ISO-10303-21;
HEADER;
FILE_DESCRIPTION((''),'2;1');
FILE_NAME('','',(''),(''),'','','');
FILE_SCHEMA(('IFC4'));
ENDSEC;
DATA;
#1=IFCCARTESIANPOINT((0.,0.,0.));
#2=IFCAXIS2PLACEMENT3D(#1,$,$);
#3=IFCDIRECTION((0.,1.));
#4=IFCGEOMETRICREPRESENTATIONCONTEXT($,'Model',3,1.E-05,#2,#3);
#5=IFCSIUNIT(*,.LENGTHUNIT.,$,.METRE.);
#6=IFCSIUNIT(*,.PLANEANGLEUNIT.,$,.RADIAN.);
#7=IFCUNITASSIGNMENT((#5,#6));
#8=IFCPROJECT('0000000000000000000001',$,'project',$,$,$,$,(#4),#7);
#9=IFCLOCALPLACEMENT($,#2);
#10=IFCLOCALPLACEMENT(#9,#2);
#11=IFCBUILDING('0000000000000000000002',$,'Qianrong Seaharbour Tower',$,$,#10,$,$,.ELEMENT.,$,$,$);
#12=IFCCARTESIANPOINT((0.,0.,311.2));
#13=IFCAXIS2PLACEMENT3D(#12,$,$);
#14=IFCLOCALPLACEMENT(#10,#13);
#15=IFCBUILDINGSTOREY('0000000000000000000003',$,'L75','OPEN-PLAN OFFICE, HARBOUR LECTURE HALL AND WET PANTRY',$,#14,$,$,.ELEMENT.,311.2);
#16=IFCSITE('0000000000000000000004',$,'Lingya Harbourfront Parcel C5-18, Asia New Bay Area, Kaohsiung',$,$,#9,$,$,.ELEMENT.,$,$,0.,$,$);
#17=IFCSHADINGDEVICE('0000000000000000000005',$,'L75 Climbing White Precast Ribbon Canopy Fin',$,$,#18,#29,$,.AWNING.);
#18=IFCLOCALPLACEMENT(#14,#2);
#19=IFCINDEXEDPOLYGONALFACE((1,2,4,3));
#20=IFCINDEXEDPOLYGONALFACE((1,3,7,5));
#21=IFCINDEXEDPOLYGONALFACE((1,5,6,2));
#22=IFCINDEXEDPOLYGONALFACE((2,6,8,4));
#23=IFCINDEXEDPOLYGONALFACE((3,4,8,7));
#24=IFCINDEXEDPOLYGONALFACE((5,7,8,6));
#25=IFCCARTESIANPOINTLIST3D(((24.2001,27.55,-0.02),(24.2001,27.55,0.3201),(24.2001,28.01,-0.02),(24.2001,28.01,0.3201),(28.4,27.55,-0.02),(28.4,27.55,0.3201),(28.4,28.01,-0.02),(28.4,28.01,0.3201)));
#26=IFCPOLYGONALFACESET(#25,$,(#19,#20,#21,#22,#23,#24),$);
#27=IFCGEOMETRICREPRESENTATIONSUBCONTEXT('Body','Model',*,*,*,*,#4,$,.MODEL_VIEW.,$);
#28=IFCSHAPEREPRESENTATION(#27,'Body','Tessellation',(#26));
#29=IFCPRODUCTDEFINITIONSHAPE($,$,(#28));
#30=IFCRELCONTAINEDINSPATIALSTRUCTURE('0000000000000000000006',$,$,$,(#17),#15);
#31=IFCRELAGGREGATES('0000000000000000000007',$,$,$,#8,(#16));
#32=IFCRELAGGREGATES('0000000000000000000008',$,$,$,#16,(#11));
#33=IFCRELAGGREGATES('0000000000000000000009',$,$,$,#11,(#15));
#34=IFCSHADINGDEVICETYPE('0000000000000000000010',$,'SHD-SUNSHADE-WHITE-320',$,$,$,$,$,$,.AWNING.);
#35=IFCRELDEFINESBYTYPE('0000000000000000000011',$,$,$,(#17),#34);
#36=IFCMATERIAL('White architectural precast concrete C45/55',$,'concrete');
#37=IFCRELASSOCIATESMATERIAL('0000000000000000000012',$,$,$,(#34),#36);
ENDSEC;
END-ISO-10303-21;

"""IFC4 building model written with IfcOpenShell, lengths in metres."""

from ifc_helpers import new_model, si_unit, direction, frame, origin, origin_2d, place, context, subcontext, project, spatial, rectangle, extrude, material, type_object, element, save


model = new_model("IFC4")

# Units and contexts
model_context = context("Model", 3, precision=1e-05, world=origin(), true_north=direction((0.0, 1.0)))
body_context = subcontext(model_context, "Body", "Model", "MODEL_VIEW")
ifc_project = project(units=[si_unit("LENGTHUNIT", "METRE"), si_unit("PLANEANGLEUNIT", "RADIAN")], contexts=[model_context])

# Site, building, storey
site_placement = place(None, origin())
site = spatial("IfcSite", under=ifc_project, at=site_placement, Name="Lingya Harbourfront Parcel C5-18, Asia New Bay Area, Kaohsiung", CompositionType="ELEMENT", RefElevation=0.0)
building_placement = place(site_placement, origin())
building = spatial("IfcBuilding", under=site, at=building_placement, Name="Qianrong Seaharbour Tower", CompositionType="ELEMENT")
storey_placement = place(building_placement, frame((0.0, 0.0, 311.2)))
storey = spatial("IfcBuildingStorey", under=building, at=storey_placement, Name="L75", Description="OPEN-PLAN OFFICE, HARBOUR LECTURE HALL AND WET PANTRY", CompositionType="ELEMENT", Elevation=311.2)

# Shading device
ifc_material_1 = material(Name="White architectural precast concrete C45/55", Category="concrete")
shading_device_type = type_object("IfcShadingDeviceType", Name="SHD-SUNSHADE-WHITE-320", PredefinedType="AWNING", material=ifc_material_1)
shading_device_placement = place(storey_placement, frame((26.3, 27.78, -0.02), z_axis=(0.0, 0.0, 1.0), x_axis=(1.0, 0.0, 0.0)))
element("IfcShadingDevice", 1, at=shading_device_placement, inside=storey, type_object=shading_device_type, Name="L75 Climbing White Precast Ribbon Canopy Fin", PredefinedType="AWNING", context=body_context, shape_type="SweptSolid", body=[
    extrude(rectangle(XDim=4.2, YDim=0.46, at=origin_2d()), origin(), (0.0, 0.0, 1.0), 0.3401),
])

save(model, "model.ifc")
